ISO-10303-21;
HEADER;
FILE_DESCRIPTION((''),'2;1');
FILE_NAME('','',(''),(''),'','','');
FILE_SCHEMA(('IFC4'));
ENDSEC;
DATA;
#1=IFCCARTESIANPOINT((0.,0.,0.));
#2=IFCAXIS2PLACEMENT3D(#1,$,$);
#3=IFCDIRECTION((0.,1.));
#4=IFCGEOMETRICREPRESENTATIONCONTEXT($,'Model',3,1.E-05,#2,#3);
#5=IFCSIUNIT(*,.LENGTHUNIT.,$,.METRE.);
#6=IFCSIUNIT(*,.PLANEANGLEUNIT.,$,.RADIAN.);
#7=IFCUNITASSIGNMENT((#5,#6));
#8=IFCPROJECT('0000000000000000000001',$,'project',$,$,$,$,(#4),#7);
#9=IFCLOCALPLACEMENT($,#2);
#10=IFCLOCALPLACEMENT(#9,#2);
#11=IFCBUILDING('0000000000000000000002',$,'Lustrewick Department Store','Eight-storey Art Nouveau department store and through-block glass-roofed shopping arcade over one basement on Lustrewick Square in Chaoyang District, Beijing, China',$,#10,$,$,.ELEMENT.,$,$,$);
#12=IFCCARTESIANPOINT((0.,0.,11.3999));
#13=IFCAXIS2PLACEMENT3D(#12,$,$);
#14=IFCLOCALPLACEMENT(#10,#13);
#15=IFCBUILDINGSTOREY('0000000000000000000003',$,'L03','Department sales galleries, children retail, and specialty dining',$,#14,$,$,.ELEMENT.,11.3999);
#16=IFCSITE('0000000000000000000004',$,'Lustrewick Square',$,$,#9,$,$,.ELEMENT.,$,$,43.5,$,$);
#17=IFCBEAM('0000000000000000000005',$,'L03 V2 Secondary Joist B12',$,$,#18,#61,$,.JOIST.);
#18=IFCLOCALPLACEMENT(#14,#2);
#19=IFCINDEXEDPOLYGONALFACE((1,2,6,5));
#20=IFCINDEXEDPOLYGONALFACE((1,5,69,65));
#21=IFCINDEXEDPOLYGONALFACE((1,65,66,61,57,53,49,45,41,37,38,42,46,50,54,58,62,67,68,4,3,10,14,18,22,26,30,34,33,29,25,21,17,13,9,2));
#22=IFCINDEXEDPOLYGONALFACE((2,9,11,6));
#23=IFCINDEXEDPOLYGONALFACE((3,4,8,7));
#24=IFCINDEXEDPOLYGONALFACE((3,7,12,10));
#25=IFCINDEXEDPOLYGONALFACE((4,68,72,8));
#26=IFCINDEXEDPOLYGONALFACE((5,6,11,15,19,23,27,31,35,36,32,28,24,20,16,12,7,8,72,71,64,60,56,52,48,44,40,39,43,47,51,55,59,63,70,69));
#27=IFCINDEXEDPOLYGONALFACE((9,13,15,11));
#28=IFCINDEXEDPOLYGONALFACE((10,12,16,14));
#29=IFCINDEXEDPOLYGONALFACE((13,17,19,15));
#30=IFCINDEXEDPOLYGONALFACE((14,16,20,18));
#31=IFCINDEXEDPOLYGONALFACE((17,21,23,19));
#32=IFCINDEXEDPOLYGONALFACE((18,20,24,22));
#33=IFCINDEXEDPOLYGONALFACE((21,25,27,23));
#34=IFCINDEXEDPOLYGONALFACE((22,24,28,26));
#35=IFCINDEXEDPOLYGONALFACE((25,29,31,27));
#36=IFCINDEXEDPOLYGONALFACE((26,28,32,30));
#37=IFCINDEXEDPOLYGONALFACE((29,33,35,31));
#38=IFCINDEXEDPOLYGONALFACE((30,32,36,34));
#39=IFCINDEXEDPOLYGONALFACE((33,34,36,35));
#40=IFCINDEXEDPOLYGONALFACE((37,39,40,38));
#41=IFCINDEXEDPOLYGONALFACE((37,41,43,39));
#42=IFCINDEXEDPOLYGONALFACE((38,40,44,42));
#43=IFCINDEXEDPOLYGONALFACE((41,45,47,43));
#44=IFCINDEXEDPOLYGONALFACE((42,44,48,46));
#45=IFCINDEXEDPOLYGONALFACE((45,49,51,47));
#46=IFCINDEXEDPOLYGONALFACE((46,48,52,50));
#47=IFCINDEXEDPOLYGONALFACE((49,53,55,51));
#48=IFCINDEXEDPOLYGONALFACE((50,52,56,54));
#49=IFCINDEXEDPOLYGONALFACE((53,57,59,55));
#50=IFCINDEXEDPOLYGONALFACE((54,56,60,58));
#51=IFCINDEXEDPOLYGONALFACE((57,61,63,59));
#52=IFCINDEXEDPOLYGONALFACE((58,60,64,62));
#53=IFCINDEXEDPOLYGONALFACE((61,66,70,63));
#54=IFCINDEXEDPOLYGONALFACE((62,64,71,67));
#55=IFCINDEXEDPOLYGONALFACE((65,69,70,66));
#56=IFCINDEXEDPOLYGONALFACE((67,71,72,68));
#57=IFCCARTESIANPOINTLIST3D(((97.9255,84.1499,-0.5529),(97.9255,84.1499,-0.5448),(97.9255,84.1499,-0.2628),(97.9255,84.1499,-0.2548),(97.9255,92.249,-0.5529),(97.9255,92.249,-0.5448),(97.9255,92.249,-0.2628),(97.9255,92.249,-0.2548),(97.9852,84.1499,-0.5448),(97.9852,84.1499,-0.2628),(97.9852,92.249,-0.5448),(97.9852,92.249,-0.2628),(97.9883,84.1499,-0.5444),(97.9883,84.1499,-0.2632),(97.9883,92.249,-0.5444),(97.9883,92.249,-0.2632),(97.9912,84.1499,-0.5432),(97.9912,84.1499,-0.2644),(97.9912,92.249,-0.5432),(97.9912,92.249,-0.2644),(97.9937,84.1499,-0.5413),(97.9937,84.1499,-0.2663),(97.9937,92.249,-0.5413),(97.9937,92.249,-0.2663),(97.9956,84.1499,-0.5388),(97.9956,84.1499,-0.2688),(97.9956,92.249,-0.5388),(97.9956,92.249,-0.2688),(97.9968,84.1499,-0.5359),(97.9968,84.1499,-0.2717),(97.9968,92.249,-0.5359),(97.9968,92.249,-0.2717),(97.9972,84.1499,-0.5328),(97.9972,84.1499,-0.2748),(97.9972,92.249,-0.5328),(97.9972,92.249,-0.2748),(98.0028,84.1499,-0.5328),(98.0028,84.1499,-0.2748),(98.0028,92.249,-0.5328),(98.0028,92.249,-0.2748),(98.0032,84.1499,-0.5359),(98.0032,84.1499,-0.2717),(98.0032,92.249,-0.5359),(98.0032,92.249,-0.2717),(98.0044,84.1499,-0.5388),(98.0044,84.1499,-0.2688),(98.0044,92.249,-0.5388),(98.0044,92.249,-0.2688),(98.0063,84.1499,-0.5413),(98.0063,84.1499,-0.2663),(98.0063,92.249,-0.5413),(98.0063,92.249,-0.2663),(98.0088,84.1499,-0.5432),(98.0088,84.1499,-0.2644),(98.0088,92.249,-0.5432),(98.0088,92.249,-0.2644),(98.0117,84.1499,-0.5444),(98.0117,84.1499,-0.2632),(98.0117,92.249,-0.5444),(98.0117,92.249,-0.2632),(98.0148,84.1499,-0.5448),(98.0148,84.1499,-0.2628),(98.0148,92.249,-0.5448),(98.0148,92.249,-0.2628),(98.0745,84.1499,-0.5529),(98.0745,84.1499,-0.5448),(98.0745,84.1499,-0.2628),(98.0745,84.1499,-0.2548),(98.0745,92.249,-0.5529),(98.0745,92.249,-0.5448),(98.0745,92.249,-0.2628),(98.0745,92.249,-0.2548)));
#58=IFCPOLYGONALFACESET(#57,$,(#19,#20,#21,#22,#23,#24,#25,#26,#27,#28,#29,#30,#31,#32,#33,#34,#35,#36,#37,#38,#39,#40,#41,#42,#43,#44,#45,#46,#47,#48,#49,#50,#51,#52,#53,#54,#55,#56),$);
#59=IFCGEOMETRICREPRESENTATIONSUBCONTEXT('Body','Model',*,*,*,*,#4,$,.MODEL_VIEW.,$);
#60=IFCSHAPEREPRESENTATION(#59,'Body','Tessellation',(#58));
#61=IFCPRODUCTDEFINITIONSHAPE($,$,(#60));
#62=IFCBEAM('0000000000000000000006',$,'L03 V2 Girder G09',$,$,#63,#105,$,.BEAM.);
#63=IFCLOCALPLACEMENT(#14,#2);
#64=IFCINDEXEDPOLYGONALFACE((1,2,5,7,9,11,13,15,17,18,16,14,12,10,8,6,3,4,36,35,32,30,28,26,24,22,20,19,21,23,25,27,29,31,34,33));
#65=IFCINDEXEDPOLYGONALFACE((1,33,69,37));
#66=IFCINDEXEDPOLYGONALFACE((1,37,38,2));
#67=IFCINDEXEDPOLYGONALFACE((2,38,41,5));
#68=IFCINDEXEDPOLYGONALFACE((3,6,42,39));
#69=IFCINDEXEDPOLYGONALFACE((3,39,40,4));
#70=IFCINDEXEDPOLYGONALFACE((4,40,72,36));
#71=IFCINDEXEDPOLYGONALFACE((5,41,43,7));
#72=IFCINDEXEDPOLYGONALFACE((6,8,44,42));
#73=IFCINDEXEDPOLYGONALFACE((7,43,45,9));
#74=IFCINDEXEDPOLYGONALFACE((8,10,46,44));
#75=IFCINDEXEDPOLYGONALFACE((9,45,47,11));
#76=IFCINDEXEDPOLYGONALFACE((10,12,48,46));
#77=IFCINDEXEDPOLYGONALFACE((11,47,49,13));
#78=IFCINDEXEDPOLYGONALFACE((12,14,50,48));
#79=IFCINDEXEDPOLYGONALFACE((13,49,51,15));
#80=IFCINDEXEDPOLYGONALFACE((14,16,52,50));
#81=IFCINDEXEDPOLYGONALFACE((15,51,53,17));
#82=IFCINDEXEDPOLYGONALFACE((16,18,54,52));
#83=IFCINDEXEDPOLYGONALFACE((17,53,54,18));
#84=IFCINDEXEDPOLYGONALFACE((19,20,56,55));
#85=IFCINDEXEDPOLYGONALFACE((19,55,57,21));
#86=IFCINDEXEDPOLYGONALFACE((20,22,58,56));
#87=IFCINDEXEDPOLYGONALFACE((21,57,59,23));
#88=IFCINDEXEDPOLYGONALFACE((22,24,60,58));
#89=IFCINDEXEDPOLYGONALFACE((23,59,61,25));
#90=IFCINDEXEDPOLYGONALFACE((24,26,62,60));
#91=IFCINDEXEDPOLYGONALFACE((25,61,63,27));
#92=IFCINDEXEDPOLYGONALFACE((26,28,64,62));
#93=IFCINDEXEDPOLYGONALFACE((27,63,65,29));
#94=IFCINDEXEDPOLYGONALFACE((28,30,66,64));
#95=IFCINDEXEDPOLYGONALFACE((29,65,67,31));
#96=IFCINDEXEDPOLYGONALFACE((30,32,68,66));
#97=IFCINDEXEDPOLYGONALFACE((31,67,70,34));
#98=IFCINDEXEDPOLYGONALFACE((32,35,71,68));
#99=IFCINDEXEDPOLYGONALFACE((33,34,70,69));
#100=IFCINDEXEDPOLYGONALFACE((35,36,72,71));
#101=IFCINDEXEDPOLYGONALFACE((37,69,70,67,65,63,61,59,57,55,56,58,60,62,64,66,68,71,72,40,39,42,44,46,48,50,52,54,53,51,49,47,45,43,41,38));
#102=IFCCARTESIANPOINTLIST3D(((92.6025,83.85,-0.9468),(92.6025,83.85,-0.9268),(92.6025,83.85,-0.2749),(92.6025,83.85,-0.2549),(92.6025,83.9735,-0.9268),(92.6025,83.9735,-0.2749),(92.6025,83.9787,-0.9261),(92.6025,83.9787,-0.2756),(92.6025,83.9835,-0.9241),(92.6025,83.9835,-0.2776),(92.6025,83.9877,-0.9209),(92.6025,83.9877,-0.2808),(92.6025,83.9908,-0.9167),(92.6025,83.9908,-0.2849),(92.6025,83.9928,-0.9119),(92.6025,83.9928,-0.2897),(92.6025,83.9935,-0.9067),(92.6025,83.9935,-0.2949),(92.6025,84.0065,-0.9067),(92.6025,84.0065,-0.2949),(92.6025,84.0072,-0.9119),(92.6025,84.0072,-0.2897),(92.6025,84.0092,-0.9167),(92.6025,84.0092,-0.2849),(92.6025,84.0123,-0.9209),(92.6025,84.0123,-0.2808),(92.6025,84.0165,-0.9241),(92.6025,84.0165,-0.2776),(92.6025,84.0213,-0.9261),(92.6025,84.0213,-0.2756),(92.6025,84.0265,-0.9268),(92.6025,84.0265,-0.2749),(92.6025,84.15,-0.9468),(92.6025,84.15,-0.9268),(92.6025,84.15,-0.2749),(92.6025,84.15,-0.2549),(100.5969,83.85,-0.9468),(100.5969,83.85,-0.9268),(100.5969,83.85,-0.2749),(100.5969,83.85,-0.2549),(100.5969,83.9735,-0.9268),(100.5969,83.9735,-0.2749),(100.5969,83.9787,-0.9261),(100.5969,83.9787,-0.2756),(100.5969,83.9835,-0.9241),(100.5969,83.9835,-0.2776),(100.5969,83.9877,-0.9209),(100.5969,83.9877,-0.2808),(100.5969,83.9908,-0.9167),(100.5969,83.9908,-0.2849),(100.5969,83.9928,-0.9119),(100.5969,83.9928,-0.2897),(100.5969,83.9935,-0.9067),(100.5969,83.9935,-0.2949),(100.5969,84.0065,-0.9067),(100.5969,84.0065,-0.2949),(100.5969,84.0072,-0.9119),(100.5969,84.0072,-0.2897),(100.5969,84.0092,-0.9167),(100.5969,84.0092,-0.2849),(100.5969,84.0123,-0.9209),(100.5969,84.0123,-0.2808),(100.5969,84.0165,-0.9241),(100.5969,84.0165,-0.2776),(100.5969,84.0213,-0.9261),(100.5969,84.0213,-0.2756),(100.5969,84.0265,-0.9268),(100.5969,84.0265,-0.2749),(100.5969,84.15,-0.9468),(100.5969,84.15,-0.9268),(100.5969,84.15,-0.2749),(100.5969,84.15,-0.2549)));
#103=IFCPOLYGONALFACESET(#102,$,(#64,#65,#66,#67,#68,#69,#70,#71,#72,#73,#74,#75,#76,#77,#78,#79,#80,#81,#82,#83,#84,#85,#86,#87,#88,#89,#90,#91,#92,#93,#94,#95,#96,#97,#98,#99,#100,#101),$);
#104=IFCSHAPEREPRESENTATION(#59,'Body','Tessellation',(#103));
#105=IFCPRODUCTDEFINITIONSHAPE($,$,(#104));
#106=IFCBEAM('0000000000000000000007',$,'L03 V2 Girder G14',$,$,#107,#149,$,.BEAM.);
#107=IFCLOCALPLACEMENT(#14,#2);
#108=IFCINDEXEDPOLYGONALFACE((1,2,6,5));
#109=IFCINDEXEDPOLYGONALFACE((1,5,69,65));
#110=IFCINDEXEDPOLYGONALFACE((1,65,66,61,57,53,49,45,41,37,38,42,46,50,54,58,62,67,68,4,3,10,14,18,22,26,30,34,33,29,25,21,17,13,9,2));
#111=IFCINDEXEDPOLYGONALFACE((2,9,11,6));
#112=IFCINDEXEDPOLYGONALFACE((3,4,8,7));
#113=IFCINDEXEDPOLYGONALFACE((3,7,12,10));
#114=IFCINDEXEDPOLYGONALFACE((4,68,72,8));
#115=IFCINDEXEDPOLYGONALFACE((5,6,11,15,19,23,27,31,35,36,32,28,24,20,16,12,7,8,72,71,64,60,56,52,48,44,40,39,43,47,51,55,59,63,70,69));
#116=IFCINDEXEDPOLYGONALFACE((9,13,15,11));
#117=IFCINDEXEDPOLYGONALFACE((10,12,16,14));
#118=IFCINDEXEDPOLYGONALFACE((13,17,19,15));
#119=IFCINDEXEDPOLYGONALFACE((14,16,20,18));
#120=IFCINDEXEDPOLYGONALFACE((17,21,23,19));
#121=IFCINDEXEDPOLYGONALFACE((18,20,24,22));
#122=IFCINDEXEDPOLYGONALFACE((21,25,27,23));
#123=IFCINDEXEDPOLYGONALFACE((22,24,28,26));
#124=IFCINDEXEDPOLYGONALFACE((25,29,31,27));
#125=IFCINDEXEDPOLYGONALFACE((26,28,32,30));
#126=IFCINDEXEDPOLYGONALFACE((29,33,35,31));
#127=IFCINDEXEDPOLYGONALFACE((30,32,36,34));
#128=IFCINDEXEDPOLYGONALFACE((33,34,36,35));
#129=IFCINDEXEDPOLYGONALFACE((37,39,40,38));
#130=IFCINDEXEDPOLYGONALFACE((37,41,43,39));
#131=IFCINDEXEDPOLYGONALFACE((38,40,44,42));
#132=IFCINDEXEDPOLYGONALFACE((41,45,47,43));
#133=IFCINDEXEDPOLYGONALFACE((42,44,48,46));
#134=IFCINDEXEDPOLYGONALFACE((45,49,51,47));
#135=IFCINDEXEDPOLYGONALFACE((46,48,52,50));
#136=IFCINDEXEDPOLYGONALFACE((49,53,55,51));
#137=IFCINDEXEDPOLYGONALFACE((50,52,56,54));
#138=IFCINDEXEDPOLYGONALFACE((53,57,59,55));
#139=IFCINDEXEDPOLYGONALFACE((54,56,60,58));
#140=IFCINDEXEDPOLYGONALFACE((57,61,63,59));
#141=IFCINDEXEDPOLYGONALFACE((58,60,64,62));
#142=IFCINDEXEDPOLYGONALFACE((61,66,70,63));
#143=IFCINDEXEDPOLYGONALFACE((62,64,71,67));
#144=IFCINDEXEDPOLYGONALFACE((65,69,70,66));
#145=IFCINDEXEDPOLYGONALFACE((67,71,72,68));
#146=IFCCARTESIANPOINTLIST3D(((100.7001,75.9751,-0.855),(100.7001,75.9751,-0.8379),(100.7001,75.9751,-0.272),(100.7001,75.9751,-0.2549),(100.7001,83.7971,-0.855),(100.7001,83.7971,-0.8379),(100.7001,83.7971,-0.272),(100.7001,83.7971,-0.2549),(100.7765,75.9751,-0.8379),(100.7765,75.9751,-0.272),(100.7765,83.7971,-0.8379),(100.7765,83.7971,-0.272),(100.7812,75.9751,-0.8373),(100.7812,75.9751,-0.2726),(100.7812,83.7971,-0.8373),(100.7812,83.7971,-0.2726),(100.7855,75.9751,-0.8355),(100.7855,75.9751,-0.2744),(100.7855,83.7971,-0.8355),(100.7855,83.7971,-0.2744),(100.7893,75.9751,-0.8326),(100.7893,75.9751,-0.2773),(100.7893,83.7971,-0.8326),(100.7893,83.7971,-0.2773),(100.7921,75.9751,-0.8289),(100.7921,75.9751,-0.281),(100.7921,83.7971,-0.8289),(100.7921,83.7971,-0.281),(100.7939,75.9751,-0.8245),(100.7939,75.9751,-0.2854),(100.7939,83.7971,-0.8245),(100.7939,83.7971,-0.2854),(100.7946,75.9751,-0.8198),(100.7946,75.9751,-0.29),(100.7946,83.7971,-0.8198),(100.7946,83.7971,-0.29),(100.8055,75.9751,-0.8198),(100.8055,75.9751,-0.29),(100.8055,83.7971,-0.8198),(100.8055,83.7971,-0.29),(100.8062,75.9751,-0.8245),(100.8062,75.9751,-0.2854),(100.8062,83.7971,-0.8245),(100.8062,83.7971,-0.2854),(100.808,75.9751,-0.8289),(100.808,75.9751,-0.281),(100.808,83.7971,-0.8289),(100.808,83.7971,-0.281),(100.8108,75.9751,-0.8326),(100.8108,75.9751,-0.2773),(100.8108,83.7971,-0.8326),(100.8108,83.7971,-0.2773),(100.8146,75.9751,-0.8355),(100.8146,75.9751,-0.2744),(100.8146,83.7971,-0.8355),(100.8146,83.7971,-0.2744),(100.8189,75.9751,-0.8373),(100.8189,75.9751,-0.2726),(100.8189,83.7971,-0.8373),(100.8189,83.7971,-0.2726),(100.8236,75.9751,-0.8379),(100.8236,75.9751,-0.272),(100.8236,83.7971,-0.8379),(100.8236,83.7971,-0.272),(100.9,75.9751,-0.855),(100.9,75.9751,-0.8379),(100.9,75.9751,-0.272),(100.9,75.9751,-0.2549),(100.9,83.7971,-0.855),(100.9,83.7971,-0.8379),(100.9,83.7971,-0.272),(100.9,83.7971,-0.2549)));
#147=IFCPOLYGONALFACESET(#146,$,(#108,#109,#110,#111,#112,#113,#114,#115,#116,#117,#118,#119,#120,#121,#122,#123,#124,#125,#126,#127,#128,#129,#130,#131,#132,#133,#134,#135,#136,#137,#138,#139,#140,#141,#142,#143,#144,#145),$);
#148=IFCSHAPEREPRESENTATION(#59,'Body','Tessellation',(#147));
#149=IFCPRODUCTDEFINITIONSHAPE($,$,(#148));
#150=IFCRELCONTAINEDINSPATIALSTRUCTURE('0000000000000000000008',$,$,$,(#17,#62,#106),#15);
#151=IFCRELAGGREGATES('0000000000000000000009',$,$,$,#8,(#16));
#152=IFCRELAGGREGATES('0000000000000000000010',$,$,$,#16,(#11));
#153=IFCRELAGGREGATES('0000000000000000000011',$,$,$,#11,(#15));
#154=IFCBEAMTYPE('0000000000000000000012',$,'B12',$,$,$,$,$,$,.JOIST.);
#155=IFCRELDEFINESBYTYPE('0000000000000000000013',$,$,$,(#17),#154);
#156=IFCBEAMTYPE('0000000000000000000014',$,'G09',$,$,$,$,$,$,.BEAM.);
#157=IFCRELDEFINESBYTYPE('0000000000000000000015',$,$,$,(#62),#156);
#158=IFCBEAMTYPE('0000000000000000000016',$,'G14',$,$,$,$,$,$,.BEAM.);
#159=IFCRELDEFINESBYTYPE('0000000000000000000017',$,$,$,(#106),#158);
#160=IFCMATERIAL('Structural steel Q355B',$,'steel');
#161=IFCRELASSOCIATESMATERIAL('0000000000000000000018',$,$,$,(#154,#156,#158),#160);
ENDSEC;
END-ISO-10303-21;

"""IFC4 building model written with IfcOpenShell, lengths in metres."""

from ifc_helpers import new_model, si_unit, direction, frame, origin, origin_2d, place, context, subcontext, project, spatial, i_section, extrude, material, material_profile, profile_set, type_object, element, save


model = new_model("IFC4")

# Units and contexts
model_context = context("Model", 3, precision=1e-05, world=origin(), true_north=direction((0.0, 1.0)))
body_context = subcontext(model_context, "Body", "Model", "MODEL_VIEW")
ifc_project = project(units=[si_unit("LENGTHUNIT", "METRE"), si_unit("PLANEANGLEUNIT", "RADIAN")], contexts=[model_context])

# Site, building, storey
site_placement = place(None, origin())
site = spatial("IfcSite", under=ifc_project, at=site_placement, Name="Lustrewick Square", CompositionType="ELEMENT", RefElevation=43.5)
building_placement = place(site_placement, origin())
building = spatial("IfcBuilding", under=site, at=building_placement, Name="Lustrewick Department Store", Description="Eight-storey Art Nouveau department store and through-block glass-roofed shopping arcade over one basement on Lustrewick Square in Chaoyang District, Beijing, China", CompositionType="ELEMENT")
storey_placement = place(building_placement, frame((0.0, 0.0, 11.3999)))
storey = spatial("IfcBuildingStorey", under=building, at=storey_placement, Name="L03", Description="Department sales galleries, children retail, and specialty dining", CompositionType="ELEMENT", Elevation=11.3999)

# Shared definitions
ifc_material_1 = material(Name="Structural steel Q355B", Category="steel")

# Beams
ifc_material_profile_1 = material_profile(ifc_material_1, i_section(OverallWidth=0.1489, OverallDepth=0.2981, WebThickness=0.0056, FlangeThickness=0.0081, FilletRadius=0.012, at=origin_2d()), Name="HN 298x149x5.5x8")
ifc_profile_set_1 = profile_set([ifc_material_profile_1], Name="Structural steel Q355B")
beam_type_1 = type_object("IfcBeamType", Name="B12", PredefinedType="JOIST", material=ifc_profile_set_1)
beam_1_placement = place(storey_placement, frame((98.0, 84.1499, -0.4038), z_axis=(0.0, 1.0, 0.0), x_axis=(-1.0, 0.0, 0.0)))
element("IfcBeam", 1, at=beam_1_placement, inside=storey, type_object=beam_type_1, Name="L03 V2 Secondary Joist B12", PredefinedType="JOIST", context=body_context, shape_type="SweptSolid", body=[
    extrude(i_section(OverallWidth=0.1489, OverallDepth=0.2981, WebThickness=0.0056, FlangeThickness=0.0081, FilletRadius=0.012, at=origin_2d()), origin(), (0.0, 0.0, 1.0), 8.0991),
])
ifc_material_profile_2 = material_profile(ifc_material_1, i_section(OverallWidth=0.3, OverallDepth=0.6919, WebThickness=0.0129, FlangeThickness=0.02, FilletRadius=0.02, at=origin_2d()), Name="HN 692x300x13x20")
ifc_profile_set_2 = profile_set([ifc_material_profile_2], Name="Structural steel Q355B")
beam_type_2 = type_object("IfcBeamType", Name="G09", PredefinedType="BEAM", material=ifc_profile_set_2)
beam_2_placement = place(storey_placement, frame((92.6025, 84.0, -0.6008), z_axis=(1.0, 0.0, 0.0), x_axis=(0.0, 1.0, 0.0)))
element("IfcBeam", 2, at=beam_2_placement, inside=storey, type_object=beam_type_2, Name="L03 V2 Girder G09", PredefinedType="BEAM", context=body_context, shape_type="SweptSolid", body=[
    extrude(i_section(OverallWidth=0.3, OverallDepth=0.6919, WebThickness=0.0129, FlangeThickness=0.02, FilletRadius=0.02, at=origin_2d()), origin(), (0.0, 0.0, 1.0), 7.9944),
])
ifc_material_profile_3 = material_profile(ifc_material_1, i_section(OverallWidth=0.2, OverallDepth=0.6001, WebThickness=0.011, FlangeThickness=0.0171, FilletRadius=0.0181, at=origin_2d()), Name="HN 600x200x11x17")
ifc_profile_set_3 = profile_set([ifc_material_profile_3], Name="Structural steel Q355B")
beam_type_3 = type_object("IfcBeamType", Name="G14", PredefinedType="BEAM", material=ifc_profile_set_3)
beam_3_placement = place(storey_placement, frame((100.8, 75.9751, -0.5549), z_axis=(0.0, 1.0, 0.0), x_axis=(-1.0, 0.0, 0.0)))
element("IfcBeam", 3, at=beam_3_placement, inside=storey, type_object=beam_type_3, Name="L03 V2 Girder G14", PredefinedType="BEAM", context=body_context, shape_type="SweptSolid", body=[
    extrude(i_section(OverallWidth=0.2, OverallDepth=0.6001, WebThickness=0.011, FlangeThickness=0.0171, FilletRadius=0.0181, at=origin_2d()), origin(), (0.0, 0.0, 1.0), 7.822),
])

save(model, "model.ifc")
